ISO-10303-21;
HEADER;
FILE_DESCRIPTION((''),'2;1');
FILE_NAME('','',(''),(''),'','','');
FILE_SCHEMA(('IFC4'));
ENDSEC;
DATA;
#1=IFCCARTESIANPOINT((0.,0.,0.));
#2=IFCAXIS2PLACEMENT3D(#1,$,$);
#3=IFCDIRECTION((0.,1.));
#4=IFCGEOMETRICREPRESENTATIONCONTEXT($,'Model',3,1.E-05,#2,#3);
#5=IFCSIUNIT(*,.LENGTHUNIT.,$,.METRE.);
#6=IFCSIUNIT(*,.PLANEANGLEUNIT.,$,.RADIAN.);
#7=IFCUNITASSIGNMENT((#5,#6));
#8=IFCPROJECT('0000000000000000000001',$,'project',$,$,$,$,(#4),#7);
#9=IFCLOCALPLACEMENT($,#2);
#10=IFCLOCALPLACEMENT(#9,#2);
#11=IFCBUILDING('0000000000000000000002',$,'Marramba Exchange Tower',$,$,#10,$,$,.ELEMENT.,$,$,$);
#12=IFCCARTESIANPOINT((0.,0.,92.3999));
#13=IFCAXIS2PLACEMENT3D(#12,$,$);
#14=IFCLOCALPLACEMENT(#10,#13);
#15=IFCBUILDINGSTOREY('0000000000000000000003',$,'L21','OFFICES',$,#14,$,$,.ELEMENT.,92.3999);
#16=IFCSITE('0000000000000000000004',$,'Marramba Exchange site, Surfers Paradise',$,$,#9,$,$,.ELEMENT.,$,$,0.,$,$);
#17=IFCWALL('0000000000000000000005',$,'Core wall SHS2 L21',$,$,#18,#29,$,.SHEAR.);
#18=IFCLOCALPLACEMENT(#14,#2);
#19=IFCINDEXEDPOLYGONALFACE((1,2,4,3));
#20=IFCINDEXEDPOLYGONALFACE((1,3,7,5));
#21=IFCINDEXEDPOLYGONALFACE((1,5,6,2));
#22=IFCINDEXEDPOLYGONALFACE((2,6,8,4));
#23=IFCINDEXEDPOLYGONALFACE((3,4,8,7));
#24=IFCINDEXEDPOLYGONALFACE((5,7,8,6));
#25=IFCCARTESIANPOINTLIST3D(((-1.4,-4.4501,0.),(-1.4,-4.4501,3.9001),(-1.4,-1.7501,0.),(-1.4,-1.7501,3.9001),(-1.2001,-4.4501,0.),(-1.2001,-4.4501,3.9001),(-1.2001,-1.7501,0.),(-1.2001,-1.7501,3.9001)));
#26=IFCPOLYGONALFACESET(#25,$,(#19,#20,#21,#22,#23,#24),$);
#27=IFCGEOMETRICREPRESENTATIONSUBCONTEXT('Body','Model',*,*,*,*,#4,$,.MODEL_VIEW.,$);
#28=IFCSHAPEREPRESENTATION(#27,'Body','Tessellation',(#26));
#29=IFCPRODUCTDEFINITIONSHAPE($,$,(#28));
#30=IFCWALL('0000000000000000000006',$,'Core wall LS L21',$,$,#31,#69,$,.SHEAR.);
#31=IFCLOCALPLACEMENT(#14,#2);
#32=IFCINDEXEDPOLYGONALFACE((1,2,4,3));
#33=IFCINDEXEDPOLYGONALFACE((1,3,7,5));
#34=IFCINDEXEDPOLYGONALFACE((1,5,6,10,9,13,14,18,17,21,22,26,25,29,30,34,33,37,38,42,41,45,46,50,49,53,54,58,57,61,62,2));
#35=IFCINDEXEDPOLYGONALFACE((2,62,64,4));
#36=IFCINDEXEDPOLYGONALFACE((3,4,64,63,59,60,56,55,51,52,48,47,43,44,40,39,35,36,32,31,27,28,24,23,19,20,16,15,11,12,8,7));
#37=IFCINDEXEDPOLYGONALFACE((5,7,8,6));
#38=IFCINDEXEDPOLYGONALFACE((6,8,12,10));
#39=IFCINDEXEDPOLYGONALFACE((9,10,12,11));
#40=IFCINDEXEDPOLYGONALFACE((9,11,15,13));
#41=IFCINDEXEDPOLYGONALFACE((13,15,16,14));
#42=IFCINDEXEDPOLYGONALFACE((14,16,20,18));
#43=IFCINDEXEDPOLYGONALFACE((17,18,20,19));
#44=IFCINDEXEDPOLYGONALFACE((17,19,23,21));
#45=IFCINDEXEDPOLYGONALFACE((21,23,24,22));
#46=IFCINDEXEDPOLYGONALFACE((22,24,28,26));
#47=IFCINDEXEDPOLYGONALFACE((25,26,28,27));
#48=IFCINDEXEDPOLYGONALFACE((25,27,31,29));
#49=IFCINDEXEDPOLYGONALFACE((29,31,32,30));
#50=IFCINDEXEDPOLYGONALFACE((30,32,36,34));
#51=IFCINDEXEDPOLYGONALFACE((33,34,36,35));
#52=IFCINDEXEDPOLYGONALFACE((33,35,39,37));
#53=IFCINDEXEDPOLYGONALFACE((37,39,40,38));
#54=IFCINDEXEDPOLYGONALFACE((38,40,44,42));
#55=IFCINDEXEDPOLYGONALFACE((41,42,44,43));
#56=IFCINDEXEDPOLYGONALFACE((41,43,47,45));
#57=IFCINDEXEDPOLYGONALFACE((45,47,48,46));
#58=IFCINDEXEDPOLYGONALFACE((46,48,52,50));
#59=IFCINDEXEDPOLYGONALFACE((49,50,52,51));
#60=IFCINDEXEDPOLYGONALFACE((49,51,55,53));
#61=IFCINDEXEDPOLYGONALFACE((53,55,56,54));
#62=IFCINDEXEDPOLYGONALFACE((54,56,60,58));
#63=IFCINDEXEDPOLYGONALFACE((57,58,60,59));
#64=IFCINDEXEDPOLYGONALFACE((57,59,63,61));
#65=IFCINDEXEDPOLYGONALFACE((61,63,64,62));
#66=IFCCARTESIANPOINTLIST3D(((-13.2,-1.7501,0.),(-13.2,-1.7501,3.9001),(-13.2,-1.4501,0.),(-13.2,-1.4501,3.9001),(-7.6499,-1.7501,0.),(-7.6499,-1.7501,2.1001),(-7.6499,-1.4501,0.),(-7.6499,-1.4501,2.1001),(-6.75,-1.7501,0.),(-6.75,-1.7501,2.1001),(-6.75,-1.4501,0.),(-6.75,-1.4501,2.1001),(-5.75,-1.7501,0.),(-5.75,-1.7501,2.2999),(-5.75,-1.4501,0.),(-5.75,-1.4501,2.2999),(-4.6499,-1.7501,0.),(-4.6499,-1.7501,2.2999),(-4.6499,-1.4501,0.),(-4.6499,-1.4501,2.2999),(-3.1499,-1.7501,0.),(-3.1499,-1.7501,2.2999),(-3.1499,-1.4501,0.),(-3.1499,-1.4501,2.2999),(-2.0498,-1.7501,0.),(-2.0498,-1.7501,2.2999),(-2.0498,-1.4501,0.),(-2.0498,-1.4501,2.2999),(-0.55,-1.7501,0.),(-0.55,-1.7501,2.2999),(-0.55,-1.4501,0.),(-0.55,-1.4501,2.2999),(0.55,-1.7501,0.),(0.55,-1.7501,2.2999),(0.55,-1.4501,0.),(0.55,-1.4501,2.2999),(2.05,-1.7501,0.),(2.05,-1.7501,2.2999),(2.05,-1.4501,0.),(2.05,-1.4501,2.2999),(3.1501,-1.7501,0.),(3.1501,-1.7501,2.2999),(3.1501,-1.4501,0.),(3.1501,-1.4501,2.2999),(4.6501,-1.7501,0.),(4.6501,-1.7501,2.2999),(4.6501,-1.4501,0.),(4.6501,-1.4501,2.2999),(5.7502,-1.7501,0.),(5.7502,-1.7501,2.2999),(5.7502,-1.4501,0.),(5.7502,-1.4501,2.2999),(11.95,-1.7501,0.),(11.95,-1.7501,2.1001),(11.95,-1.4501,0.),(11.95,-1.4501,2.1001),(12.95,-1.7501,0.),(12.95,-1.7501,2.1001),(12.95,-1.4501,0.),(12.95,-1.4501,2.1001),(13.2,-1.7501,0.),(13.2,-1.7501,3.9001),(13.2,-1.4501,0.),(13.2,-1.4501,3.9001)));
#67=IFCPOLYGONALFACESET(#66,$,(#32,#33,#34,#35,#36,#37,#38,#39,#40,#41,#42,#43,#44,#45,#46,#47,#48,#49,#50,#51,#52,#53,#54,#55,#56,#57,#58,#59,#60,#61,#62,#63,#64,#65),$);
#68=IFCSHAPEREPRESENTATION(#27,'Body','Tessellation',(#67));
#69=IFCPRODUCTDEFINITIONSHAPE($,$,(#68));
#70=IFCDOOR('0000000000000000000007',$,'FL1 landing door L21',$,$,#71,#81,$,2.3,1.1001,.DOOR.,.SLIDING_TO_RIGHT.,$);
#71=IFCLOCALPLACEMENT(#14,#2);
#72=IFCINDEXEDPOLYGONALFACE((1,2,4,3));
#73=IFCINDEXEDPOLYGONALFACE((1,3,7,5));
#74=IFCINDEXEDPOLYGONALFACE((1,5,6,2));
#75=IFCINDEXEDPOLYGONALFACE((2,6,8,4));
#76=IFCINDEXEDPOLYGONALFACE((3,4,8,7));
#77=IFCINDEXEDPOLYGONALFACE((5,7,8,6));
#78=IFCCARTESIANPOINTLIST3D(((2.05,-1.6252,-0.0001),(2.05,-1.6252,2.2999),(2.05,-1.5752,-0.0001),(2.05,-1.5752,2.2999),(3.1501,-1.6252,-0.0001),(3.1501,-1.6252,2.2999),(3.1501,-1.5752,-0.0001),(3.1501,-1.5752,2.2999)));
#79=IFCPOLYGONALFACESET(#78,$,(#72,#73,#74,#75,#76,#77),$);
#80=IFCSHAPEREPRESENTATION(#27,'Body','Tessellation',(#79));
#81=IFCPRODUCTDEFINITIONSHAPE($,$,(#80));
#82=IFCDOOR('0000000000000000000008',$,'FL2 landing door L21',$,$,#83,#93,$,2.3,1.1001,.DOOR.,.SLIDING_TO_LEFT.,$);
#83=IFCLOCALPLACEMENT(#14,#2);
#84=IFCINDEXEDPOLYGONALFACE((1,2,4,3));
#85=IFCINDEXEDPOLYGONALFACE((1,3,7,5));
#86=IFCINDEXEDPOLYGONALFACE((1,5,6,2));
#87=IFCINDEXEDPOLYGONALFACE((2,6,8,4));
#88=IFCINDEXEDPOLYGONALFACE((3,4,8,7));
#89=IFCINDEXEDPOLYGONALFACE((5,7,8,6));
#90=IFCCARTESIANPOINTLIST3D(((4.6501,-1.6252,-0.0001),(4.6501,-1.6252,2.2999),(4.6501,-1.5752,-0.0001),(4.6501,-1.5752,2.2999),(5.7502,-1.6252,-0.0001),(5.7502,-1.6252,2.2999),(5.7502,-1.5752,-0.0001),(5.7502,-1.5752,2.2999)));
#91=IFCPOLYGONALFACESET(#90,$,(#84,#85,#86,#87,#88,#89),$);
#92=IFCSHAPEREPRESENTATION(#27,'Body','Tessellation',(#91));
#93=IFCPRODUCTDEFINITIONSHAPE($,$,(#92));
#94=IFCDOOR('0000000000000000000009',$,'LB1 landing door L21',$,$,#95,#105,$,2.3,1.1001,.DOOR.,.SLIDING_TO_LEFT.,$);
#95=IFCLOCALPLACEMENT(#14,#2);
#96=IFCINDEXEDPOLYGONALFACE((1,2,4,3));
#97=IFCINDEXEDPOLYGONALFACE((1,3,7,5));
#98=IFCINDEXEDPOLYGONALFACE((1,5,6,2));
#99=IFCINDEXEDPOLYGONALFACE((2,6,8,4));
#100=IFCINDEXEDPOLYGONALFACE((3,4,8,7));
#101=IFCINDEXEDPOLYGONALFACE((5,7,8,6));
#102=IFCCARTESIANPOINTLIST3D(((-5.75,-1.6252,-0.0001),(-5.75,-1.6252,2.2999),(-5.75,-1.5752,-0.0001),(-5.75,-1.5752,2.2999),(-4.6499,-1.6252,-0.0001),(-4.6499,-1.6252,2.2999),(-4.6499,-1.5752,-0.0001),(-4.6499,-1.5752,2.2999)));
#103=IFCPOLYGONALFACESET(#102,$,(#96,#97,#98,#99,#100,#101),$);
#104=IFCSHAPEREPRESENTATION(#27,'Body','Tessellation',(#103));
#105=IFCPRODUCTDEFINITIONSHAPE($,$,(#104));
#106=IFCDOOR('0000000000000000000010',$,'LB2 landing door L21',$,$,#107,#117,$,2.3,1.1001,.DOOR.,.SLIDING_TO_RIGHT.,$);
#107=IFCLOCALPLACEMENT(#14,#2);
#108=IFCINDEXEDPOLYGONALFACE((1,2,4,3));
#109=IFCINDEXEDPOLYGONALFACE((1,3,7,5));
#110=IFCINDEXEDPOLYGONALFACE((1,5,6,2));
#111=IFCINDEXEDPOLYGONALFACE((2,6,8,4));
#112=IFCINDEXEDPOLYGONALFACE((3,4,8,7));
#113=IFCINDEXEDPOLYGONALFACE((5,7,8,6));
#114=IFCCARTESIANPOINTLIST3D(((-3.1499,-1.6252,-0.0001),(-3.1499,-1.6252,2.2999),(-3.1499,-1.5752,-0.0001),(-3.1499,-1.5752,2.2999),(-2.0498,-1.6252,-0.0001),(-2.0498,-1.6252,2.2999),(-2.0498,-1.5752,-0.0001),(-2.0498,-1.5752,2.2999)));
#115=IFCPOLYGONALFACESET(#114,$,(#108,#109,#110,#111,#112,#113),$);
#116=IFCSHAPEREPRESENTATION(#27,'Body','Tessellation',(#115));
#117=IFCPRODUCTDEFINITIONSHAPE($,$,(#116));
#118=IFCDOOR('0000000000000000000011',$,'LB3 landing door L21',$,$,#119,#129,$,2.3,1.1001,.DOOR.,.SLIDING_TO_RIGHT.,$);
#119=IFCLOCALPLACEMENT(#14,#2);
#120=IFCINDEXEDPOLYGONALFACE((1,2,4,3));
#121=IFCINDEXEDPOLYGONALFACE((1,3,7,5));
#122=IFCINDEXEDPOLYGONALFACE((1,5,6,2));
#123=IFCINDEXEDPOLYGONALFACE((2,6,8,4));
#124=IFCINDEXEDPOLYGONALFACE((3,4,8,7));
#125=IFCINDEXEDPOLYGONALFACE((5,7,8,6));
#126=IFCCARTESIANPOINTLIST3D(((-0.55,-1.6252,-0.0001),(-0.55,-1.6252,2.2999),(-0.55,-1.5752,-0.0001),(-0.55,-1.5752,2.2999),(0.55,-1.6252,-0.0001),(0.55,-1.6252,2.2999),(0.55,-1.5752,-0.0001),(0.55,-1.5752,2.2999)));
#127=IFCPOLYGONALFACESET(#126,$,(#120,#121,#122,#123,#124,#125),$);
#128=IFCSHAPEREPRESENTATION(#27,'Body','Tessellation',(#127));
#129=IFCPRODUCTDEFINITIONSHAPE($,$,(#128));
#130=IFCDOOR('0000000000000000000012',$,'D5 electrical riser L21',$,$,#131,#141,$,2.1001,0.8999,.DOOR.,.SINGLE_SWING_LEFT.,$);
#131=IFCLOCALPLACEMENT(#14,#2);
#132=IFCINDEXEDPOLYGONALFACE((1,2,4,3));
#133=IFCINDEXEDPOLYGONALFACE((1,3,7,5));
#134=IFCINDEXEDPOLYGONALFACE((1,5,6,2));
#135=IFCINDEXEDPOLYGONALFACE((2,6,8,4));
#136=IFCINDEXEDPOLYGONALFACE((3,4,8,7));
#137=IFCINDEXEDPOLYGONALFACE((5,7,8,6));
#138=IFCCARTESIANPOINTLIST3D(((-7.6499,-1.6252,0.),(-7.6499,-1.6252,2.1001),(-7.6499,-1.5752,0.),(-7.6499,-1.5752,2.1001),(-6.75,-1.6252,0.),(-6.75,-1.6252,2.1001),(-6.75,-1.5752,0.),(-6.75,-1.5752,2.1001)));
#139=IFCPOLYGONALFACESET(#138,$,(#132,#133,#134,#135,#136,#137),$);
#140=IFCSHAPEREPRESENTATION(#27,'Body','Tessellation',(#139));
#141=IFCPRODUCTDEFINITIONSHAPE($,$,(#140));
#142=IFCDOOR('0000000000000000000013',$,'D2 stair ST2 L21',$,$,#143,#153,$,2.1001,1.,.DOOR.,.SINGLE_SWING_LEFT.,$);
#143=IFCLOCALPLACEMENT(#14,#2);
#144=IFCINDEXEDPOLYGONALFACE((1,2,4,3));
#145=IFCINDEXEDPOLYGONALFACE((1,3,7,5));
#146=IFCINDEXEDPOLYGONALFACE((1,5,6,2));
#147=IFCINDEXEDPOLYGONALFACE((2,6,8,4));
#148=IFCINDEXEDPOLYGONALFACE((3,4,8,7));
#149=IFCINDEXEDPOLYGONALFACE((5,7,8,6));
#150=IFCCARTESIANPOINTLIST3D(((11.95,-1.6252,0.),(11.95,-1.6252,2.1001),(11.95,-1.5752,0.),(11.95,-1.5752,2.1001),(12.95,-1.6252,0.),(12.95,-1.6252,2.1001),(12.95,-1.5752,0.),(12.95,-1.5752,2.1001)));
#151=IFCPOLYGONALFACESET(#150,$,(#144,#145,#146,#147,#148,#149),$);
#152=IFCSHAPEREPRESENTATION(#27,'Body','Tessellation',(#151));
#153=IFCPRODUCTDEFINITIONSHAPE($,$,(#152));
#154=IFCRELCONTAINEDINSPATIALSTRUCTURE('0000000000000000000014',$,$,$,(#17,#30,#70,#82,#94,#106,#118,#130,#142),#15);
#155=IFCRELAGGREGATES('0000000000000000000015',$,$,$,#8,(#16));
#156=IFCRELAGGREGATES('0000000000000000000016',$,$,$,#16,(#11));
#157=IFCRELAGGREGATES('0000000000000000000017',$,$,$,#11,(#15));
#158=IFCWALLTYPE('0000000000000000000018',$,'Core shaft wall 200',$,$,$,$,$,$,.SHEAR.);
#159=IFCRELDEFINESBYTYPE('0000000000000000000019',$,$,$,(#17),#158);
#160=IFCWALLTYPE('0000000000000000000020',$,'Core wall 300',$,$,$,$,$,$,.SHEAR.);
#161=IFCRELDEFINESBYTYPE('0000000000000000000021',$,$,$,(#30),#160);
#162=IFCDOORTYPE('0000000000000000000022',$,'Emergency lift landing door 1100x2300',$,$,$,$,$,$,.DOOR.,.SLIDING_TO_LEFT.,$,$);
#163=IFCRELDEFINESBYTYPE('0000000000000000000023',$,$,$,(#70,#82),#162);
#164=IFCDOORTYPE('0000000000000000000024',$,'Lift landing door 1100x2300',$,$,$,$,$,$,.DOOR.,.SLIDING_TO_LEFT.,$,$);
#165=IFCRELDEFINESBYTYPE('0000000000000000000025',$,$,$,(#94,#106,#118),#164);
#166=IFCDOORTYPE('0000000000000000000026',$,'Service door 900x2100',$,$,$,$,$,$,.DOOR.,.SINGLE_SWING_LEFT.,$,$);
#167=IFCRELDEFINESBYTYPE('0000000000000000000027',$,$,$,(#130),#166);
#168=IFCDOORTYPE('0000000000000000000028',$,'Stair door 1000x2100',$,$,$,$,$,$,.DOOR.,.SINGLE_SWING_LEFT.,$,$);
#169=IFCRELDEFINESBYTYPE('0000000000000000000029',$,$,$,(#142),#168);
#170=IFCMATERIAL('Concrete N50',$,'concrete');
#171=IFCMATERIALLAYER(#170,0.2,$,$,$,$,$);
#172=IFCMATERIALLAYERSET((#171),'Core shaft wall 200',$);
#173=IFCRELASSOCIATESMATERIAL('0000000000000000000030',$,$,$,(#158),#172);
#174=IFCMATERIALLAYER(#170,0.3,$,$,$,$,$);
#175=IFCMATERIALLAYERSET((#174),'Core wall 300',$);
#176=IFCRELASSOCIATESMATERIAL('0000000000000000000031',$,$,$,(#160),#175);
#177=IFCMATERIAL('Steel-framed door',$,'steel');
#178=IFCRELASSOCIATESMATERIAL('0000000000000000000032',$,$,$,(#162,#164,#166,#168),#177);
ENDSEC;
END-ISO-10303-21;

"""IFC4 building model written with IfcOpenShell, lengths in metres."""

from ifc_helpers import new_model, si_unit, direction, frame, frame_2d, origin, place, context, subcontext, project, spatial, rectangle, extrude, material, layer, layer_set, type_object, element, fill, save


model = new_model("IFC4")

# Units and contexts
model_context = context("Model", 3, precision=1e-05, world=origin(), true_north=direction((0.0, 1.0)))
body_context = subcontext(model_context, "Body", "Model", "MODEL_VIEW")
ifc_project = project(units=[si_unit("LENGTHUNIT", "METRE"), si_unit("PLANEANGLEUNIT", "RADIAN")], contexts=[model_context])

# Site, building, storey
site_placement = place(None, origin())
site = spatial("IfcSite", under=ifc_project, at=site_placement, Name="Marramba Exchange site, Surfers Paradise", CompositionType="ELEMENT", RefElevation=0.0)
building_placement = place(site_placement, origin())
building = spatial("IfcBuilding", under=site, at=building_placement, Name="Marramba Exchange Tower", CompositionType="ELEMENT")
storey_placement = place(building_placement, frame((0.0, 0.0, 92.3999)))
storey = spatial("IfcBuildingStorey", under=building, at=storey_placement, Name="L21", Description="OFFICES", CompositionType="ELEMENT", Elevation=92.3999)

# Wall
ifc_material_1 = material(Name="Concrete N50", Category="concrete")
ifc_layer_1 = layer(ifc_material_1, 0.2)
ifc_layer_set_1 = layer_set([ifc_layer_1], Name="Core shaft wall 200")
wall_type_1 = type_object("IfcWallType", Name="Core shaft wall 200", PredefinedType="SHEAR", material=ifc_layer_set_1)
for number, where, z_axis, x_axis, name in (
    (1, (-1.3, -1.75, 0.0), (0.0, 0.0, 1.0), (0.0, -1.0, 0.0), "Core wall SHS2 L21"),
):
    element("IfcWall", number, at=place(storey_placement, frame(where, z_axis=z_axis, x_axis=x_axis)), inside=storey, type_object=wall_type_1, Name=name, PredefinedType="SHEAR", context=body_context, shape_type="SweptSolid", body=[
        extrude(rectangle(XDim=2.7, YDim=0.2, at=frame_2d((1.3501, 0.0))), origin(), (0.0, 0.0, 1.0), 3.9001),
    ])

# Wall, openings, doors
ifc_layer_2 = layer(ifc_material_1, 0.3)
ifc_layer_set_2 = layer_set([ifc_layer_2], Name="Core wall 300")
wall_type_2 = type_object("IfcWallType", Name="Core wall 300", PredefinedType="SHEAR", material=ifc_layer_set_2)
wall_1_placement = place(storey_placement, frame((-13.2, -1.6001, 0.0), z_axis=(0.0, 0.0, 1.0), x_axis=(1.0, 0.0, 0.0)))
wall_1 = element("IfcWall", 2, at=wall_1_placement, inside=storey, type_object=wall_type_2, Name="Core wall LS L21", PredefinedType="SHEAR", context=body_context, shape_type="SweptSolid", body=[
    extrude(rectangle(XDim=26.3999, YDim=0.3, at=frame_2d((13.2, 0.0))), origin(), (0.0, 0.0, 1.0), 3.9001),
])
opening_1_placement = place(wall_1_placement, frame((25.1499, 0.0, 0.0)))
opening_1 = element("IfcOpeningElement", 3, at=opening_1_placement, cuts=wall_1, PredefinedType="OPENING", context=body_context, shape_type="SweptSolid", body=[
    extrude(rectangle(XDim=1.0, YDim=2.1001, at=frame_2d((0.5, 1.05))), frame((0.0, 0.1599, 0.0), z_axis=(0.0, -1.0, 0.0), x_axis=(1.0, 0.0, 0.0)), (0.0, 0.0, 1.0), 0.3201),
])
opening_2_placement = place(wall_1_placement, frame((7.45, 0.0, 0.0)))
opening_2 = element("IfcOpeningElement", 4, at=opening_2_placement, cuts=wall_1, PredefinedType="OPENING", context=body_context, shape_type="SweptSolid", body=[
    extrude(rectangle(XDim=1.1001, YDim=2.3, at=frame_2d((0.55, 1.1499))), frame((0.0, 0.1599, 0.0), z_axis=(0.0, -1.0, 0.0), x_axis=(1.0, 0.0, 0.0)), (0.0, 0.0, 1.0), 0.3201),
])
opening_3_placement = place(wall_1_placement, frame((10.05, 0.0, 0.0)))
opening_3 = element("IfcOpeningElement", 5, at=opening_3_placement, cuts=wall_1, PredefinedType="OPENING", context=body_context, shape_type="SweptSolid", body=[
    extrude(rectangle(XDim=1.1001, YDim=2.3, at=frame_2d((0.55, 1.1499))), frame((0.0, 0.1599, 0.0), z_axis=(0.0, -1.0, 0.0), x_axis=(1.0, 0.0, 0.0)), (0.0, 0.0, 1.0), 0.3201),
])
opening_4_placement = place(wall_1_placement, frame((12.6499, 0.0, 0.0)))
opening_4 = element("IfcOpeningElement", 6, at=opening_4_placement, cuts=wall_1, PredefinedType="OPENING", context=body_context, shape_type="SweptSolid", body=[
    extrude(rectangle(XDim=1.1001, YDim=2.3, at=frame_2d((0.55, 1.1499))), frame((0.0, 0.1599, 0.0), z_axis=(0.0, -1.0, 0.0), x_axis=(1.0, 0.0, 0.0)), (0.0, 0.0, 1.0), 0.3201),
])
opening_5_placement = place(wall_1_placement, frame((15.25, 0.0, 0.0)))
opening_5 = element("IfcOpeningElement", 7, at=opening_5_placement, cuts=wall_1, PredefinedType="OPENING", context=body_context, shape_type="SweptSolid", body=[
    extrude(rectangle(XDim=1.1001, YDim=2.3, at=frame_2d((0.55, 1.1499))), frame((0.0, 0.1599, 0.0), z_axis=(0.0, -1.0, 0.0), x_axis=(1.0, 0.0, 0.0)), (0.0, 0.0, 1.0), 0.3201),
])
opening_6_placement = place(wall_1_placement, frame((17.8501, 0.0, 0.0)))
opening_6 = element("IfcOpeningElement", 8, at=opening_6_placement, cuts=wall_1, PredefinedType="OPENING", context=body_context, shape_type="SweptSolid", body=[
    extrude(rectangle(XDim=1.1001, YDim=2.3, at=frame_2d((0.55, 1.1499))), frame((0.0, 0.1599, 0.0), z_axis=(0.0, -1.0, 0.0), x_axis=(1.0, 0.0, 0.0)), (0.0, 0.0, 1.0), 0.3201),
])
opening_7_placement = place(wall_1_placement, frame((5.55, 0.0, 0.0)))
opening_7 = element("IfcOpeningElement", 9, at=opening_7_placement, cuts=wall_1, PredefinedType="OPENING", context=body_context, shape_type="SweptSolid", body=[
    extrude(rectangle(XDim=0.8999, YDim=2.1001, at=frame_2d((0.45, 1.05))), frame((0.0, 0.1599, 0.0), z_axis=(0.0, -1.0, 0.0), x_axis=(1.0, 0.0, 0.0)), (0.0, 0.0, 1.0), 0.3201),
])
ifc_material_2 = material(Name="Steel-framed door", Category="steel")
door_type_1 = type_object("IfcDoorType", Name="Emergency lift landing door 1100x2300", OperationType="SLIDING_TO_LEFT", PredefinedType="DOOR", material=ifc_material_2)
door_1_placement = place(opening_5_placement, frame((1.1001, 0.0, 0.0), z_axis=(0.0, 0.0, 1.0), x_axis=(-1.0, 0.0, 0.0)))
door_1 = element("IfcDoor", 10, at=door_1_placement, inside=storey, type_object=door_type_1, Name="FL1 landing door L21", OperationType="SLIDING_TO_RIGHT", OverallHeight=2.3, OverallWidth=1.1001, PredefinedType="DOOR", context=body_context, shape_type="SweptSolid", body=[
    extrude(rectangle(XDim=1.1001, YDim=2.3, at=frame_2d((0.55, 1.1499))), frame((0.0, 0.0251, 0.0), z_axis=(0.0, -1.0, 0.0), x_axis=(1.0, 0.0, 0.0)), (0.0, 0.0, 1.0), 0.05),
])
fill(opening_5, door_1)
door_2_placement = place(opening_6_placement, frame((1.1001, 0.0, 0.0), z_axis=(0.0, 0.0, 1.0), x_axis=(-1.0, 0.0, 0.0)))
door_2 = element("IfcDoor", 11, at=door_2_placement, inside=storey, type_object=door_type_1, Name="FL2 landing door L21", OperationType="SLIDING_TO_LEFT", OverallHeight=2.3, OverallWidth=1.1001, PredefinedType="DOOR", context=body_context, shape_type="SweptSolid", body=[
    extrude(rectangle(XDim=1.1001, YDim=2.3, at=frame_2d((0.55, 1.1499))), frame((0.0, 0.0251, 0.0), z_axis=(0.0, -1.0, 0.0), x_axis=(1.0, 0.0, 0.0)), (0.0, 0.0, 1.0), 0.05),
])
fill(opening_6, door_2)
door_type_2 = type_object("IfcDoorType", Name="Lift landing door 1100x2300", OperationType="SLIDING_TO_LEFT", PredefinedType="DOOR", material=ifc_material_2)
door_3_placement = place(opening_2_placement, frame((1.1001, 0.0, 0.0), z_axis=(0.0, 0.0, 1.0), x_axis=(-1.0, 0.0, 0.0)))
door_3 = element("IfcDoor", 12, at=door_3_placement, inside=storey, type_object=door_type_2, Name="LB1 landing door L21", OperationType="SLIDING_TO_LEFT", OverallHeight=2.3, OverallWidth=1.1001, PredefinedType="DOOR", context=body_context, shape_type="SweptSolid", body=[
    extrude(rectangle(XDim=1.1001, YDim=2.3, at=frame_2d((0.55, 1.1499))), frame((0.0, 0.0251, 0.0), z_axis=(0.0, -1.0, 0.0), x_axis=(1.0, 0.0, 0.0)), (0.0, 0.0, 1.0), 0.05),
])
fill(opening_2, door_3)
door_4_placement = place(opening_3_placement, frame((1.1001, 0.0, 0.0), z_axis=(0.0, 0.0, 1.0), x_axis=(-1.0, 0.0, 0.0)))
door_4 = element("IfcDoor", 13, at=door_4_placement, inside=storey, type_object=door_type_2, Name="LB2 landing door L21", OperationType="SLIDING_TO_RIGHT", OverallHeight=2.3, OverallWidth=1.1001, PredefinedType="DOOR", context=body_context, shape_type="SweptSolid", body=[
    extrude(rectangle(XDim=1.1001, YDim=2.3, at=frame_2d((0.55, 1.1499))), frame((0.0, 0.0251, 0.0), z_axis=(0.0, -1.0, 0.0), x_axis=(1.0, 0.0, 0.0)), (0.0, 0.0, 1.0), 0.05),
])
fill(opening_3, door_4)
door_5_placement = place(opening_4_placement, frame((1.1001, 0.0, 0.0), z_axis=(0.0, 0.0, 1.0), x_axis=(-1.0, 0.0, 0.0)))
door_5 = element("IfcDoor", 14, at=door_5_placement, inside=storey, type_object=door_type_2, Name="LB3 landing door L21", OperationType="SLIDING_TO_RIGHT", OverallHeight=2.3, OverallWidth=1.1001, PredefinedType="DOOR", context=body_context, shape_type="SweptSolid", body=[
    extrude(rectangle(XDim=1.1001, YDim=2.3, at=frame_2d((0.55, 1.1499))), frame((0.0, 0.0251, 0.0), z_axis=(0.0, -1.0, 0.0), x_axis=(1.0, 0.0, 0.0)), (0.0, 0.0, 1.0), 0.05),
])
fill(opening_4, door_5)
door_type_3 = type_object("IfcDoorType", Name="Service door 900x2100", OperationType="SINGLE_SWING_LEFT", PredefinedType="DOOR", material=ifc_material_2)
door_6_placement = place(opening_7_placement, frame((0.8999, 0.0, 0.0), z_axis=(0.0, 0.0, 1.0), x_axis=(-1.0, 0.0, 0.0)))
door_6 = element("IfcDoor", 15, at=door_6_placement, inside=storey, type_object=door_type_3, Name="D5 electrical riser L21", OperationType="SINGLE_SWING_LEFT", OverallHeight=2.1001, OverallWidth=0.8999, PredefinedType="DOOR", context=body_context, shape_type="SweptSolid", body=[
    extrude(rectangle(XDim=0.8999, YDim=2.1001, at=frame_2d((0.45, 1.05))), frame((0.0, 0.0251, 0.0), z_axis=(0.0, -1.0, 0.0), x_axis=(1.0, 0.0, 0.0)), (0.0, 0.0, 1.0), 0.05),
])
fill(opening_7, door_6)
door_type_4 = type_object("IfcDoorType", Name="Stair door 1000x2100", OperationType="SINGLE_SWING_LEFT", PredefinedType="DOOR", material=ifc_material_2)
door_7_placement = place(opening_1_placement, frame((1.0, 0.0, 0.0), z_axis=(0.0, 0.0, 1.0), x_axis=(-1.0, 0.0, 0.0)))
door_7 = element("IfcDoor", 16, at=door_7_placement, inside=storey, type_object=door_type_4, Name="D2 stair ST2 L21", OperationType="SINGLE_SWING_LEFT", OverallHeight=2.1001, OverallWidth=1.0, PredefinedType="DOOR", context=body_context, shape_type="SweptSolid", body=[
    extrude(rectangle(XDim=1.0, YDim=2.1001, at=frame_2d((0.5, 1.05))), frame((0.0, 0.0251, 0.0), z_axis=(0.0, -1.0, 0.0), x_axis=(1.0, 0.0, 0.0)), (0.0, 0.0, 1.0), 0.05),
])
fill(opening_1, door_7)

save(model, "model.ifc")
